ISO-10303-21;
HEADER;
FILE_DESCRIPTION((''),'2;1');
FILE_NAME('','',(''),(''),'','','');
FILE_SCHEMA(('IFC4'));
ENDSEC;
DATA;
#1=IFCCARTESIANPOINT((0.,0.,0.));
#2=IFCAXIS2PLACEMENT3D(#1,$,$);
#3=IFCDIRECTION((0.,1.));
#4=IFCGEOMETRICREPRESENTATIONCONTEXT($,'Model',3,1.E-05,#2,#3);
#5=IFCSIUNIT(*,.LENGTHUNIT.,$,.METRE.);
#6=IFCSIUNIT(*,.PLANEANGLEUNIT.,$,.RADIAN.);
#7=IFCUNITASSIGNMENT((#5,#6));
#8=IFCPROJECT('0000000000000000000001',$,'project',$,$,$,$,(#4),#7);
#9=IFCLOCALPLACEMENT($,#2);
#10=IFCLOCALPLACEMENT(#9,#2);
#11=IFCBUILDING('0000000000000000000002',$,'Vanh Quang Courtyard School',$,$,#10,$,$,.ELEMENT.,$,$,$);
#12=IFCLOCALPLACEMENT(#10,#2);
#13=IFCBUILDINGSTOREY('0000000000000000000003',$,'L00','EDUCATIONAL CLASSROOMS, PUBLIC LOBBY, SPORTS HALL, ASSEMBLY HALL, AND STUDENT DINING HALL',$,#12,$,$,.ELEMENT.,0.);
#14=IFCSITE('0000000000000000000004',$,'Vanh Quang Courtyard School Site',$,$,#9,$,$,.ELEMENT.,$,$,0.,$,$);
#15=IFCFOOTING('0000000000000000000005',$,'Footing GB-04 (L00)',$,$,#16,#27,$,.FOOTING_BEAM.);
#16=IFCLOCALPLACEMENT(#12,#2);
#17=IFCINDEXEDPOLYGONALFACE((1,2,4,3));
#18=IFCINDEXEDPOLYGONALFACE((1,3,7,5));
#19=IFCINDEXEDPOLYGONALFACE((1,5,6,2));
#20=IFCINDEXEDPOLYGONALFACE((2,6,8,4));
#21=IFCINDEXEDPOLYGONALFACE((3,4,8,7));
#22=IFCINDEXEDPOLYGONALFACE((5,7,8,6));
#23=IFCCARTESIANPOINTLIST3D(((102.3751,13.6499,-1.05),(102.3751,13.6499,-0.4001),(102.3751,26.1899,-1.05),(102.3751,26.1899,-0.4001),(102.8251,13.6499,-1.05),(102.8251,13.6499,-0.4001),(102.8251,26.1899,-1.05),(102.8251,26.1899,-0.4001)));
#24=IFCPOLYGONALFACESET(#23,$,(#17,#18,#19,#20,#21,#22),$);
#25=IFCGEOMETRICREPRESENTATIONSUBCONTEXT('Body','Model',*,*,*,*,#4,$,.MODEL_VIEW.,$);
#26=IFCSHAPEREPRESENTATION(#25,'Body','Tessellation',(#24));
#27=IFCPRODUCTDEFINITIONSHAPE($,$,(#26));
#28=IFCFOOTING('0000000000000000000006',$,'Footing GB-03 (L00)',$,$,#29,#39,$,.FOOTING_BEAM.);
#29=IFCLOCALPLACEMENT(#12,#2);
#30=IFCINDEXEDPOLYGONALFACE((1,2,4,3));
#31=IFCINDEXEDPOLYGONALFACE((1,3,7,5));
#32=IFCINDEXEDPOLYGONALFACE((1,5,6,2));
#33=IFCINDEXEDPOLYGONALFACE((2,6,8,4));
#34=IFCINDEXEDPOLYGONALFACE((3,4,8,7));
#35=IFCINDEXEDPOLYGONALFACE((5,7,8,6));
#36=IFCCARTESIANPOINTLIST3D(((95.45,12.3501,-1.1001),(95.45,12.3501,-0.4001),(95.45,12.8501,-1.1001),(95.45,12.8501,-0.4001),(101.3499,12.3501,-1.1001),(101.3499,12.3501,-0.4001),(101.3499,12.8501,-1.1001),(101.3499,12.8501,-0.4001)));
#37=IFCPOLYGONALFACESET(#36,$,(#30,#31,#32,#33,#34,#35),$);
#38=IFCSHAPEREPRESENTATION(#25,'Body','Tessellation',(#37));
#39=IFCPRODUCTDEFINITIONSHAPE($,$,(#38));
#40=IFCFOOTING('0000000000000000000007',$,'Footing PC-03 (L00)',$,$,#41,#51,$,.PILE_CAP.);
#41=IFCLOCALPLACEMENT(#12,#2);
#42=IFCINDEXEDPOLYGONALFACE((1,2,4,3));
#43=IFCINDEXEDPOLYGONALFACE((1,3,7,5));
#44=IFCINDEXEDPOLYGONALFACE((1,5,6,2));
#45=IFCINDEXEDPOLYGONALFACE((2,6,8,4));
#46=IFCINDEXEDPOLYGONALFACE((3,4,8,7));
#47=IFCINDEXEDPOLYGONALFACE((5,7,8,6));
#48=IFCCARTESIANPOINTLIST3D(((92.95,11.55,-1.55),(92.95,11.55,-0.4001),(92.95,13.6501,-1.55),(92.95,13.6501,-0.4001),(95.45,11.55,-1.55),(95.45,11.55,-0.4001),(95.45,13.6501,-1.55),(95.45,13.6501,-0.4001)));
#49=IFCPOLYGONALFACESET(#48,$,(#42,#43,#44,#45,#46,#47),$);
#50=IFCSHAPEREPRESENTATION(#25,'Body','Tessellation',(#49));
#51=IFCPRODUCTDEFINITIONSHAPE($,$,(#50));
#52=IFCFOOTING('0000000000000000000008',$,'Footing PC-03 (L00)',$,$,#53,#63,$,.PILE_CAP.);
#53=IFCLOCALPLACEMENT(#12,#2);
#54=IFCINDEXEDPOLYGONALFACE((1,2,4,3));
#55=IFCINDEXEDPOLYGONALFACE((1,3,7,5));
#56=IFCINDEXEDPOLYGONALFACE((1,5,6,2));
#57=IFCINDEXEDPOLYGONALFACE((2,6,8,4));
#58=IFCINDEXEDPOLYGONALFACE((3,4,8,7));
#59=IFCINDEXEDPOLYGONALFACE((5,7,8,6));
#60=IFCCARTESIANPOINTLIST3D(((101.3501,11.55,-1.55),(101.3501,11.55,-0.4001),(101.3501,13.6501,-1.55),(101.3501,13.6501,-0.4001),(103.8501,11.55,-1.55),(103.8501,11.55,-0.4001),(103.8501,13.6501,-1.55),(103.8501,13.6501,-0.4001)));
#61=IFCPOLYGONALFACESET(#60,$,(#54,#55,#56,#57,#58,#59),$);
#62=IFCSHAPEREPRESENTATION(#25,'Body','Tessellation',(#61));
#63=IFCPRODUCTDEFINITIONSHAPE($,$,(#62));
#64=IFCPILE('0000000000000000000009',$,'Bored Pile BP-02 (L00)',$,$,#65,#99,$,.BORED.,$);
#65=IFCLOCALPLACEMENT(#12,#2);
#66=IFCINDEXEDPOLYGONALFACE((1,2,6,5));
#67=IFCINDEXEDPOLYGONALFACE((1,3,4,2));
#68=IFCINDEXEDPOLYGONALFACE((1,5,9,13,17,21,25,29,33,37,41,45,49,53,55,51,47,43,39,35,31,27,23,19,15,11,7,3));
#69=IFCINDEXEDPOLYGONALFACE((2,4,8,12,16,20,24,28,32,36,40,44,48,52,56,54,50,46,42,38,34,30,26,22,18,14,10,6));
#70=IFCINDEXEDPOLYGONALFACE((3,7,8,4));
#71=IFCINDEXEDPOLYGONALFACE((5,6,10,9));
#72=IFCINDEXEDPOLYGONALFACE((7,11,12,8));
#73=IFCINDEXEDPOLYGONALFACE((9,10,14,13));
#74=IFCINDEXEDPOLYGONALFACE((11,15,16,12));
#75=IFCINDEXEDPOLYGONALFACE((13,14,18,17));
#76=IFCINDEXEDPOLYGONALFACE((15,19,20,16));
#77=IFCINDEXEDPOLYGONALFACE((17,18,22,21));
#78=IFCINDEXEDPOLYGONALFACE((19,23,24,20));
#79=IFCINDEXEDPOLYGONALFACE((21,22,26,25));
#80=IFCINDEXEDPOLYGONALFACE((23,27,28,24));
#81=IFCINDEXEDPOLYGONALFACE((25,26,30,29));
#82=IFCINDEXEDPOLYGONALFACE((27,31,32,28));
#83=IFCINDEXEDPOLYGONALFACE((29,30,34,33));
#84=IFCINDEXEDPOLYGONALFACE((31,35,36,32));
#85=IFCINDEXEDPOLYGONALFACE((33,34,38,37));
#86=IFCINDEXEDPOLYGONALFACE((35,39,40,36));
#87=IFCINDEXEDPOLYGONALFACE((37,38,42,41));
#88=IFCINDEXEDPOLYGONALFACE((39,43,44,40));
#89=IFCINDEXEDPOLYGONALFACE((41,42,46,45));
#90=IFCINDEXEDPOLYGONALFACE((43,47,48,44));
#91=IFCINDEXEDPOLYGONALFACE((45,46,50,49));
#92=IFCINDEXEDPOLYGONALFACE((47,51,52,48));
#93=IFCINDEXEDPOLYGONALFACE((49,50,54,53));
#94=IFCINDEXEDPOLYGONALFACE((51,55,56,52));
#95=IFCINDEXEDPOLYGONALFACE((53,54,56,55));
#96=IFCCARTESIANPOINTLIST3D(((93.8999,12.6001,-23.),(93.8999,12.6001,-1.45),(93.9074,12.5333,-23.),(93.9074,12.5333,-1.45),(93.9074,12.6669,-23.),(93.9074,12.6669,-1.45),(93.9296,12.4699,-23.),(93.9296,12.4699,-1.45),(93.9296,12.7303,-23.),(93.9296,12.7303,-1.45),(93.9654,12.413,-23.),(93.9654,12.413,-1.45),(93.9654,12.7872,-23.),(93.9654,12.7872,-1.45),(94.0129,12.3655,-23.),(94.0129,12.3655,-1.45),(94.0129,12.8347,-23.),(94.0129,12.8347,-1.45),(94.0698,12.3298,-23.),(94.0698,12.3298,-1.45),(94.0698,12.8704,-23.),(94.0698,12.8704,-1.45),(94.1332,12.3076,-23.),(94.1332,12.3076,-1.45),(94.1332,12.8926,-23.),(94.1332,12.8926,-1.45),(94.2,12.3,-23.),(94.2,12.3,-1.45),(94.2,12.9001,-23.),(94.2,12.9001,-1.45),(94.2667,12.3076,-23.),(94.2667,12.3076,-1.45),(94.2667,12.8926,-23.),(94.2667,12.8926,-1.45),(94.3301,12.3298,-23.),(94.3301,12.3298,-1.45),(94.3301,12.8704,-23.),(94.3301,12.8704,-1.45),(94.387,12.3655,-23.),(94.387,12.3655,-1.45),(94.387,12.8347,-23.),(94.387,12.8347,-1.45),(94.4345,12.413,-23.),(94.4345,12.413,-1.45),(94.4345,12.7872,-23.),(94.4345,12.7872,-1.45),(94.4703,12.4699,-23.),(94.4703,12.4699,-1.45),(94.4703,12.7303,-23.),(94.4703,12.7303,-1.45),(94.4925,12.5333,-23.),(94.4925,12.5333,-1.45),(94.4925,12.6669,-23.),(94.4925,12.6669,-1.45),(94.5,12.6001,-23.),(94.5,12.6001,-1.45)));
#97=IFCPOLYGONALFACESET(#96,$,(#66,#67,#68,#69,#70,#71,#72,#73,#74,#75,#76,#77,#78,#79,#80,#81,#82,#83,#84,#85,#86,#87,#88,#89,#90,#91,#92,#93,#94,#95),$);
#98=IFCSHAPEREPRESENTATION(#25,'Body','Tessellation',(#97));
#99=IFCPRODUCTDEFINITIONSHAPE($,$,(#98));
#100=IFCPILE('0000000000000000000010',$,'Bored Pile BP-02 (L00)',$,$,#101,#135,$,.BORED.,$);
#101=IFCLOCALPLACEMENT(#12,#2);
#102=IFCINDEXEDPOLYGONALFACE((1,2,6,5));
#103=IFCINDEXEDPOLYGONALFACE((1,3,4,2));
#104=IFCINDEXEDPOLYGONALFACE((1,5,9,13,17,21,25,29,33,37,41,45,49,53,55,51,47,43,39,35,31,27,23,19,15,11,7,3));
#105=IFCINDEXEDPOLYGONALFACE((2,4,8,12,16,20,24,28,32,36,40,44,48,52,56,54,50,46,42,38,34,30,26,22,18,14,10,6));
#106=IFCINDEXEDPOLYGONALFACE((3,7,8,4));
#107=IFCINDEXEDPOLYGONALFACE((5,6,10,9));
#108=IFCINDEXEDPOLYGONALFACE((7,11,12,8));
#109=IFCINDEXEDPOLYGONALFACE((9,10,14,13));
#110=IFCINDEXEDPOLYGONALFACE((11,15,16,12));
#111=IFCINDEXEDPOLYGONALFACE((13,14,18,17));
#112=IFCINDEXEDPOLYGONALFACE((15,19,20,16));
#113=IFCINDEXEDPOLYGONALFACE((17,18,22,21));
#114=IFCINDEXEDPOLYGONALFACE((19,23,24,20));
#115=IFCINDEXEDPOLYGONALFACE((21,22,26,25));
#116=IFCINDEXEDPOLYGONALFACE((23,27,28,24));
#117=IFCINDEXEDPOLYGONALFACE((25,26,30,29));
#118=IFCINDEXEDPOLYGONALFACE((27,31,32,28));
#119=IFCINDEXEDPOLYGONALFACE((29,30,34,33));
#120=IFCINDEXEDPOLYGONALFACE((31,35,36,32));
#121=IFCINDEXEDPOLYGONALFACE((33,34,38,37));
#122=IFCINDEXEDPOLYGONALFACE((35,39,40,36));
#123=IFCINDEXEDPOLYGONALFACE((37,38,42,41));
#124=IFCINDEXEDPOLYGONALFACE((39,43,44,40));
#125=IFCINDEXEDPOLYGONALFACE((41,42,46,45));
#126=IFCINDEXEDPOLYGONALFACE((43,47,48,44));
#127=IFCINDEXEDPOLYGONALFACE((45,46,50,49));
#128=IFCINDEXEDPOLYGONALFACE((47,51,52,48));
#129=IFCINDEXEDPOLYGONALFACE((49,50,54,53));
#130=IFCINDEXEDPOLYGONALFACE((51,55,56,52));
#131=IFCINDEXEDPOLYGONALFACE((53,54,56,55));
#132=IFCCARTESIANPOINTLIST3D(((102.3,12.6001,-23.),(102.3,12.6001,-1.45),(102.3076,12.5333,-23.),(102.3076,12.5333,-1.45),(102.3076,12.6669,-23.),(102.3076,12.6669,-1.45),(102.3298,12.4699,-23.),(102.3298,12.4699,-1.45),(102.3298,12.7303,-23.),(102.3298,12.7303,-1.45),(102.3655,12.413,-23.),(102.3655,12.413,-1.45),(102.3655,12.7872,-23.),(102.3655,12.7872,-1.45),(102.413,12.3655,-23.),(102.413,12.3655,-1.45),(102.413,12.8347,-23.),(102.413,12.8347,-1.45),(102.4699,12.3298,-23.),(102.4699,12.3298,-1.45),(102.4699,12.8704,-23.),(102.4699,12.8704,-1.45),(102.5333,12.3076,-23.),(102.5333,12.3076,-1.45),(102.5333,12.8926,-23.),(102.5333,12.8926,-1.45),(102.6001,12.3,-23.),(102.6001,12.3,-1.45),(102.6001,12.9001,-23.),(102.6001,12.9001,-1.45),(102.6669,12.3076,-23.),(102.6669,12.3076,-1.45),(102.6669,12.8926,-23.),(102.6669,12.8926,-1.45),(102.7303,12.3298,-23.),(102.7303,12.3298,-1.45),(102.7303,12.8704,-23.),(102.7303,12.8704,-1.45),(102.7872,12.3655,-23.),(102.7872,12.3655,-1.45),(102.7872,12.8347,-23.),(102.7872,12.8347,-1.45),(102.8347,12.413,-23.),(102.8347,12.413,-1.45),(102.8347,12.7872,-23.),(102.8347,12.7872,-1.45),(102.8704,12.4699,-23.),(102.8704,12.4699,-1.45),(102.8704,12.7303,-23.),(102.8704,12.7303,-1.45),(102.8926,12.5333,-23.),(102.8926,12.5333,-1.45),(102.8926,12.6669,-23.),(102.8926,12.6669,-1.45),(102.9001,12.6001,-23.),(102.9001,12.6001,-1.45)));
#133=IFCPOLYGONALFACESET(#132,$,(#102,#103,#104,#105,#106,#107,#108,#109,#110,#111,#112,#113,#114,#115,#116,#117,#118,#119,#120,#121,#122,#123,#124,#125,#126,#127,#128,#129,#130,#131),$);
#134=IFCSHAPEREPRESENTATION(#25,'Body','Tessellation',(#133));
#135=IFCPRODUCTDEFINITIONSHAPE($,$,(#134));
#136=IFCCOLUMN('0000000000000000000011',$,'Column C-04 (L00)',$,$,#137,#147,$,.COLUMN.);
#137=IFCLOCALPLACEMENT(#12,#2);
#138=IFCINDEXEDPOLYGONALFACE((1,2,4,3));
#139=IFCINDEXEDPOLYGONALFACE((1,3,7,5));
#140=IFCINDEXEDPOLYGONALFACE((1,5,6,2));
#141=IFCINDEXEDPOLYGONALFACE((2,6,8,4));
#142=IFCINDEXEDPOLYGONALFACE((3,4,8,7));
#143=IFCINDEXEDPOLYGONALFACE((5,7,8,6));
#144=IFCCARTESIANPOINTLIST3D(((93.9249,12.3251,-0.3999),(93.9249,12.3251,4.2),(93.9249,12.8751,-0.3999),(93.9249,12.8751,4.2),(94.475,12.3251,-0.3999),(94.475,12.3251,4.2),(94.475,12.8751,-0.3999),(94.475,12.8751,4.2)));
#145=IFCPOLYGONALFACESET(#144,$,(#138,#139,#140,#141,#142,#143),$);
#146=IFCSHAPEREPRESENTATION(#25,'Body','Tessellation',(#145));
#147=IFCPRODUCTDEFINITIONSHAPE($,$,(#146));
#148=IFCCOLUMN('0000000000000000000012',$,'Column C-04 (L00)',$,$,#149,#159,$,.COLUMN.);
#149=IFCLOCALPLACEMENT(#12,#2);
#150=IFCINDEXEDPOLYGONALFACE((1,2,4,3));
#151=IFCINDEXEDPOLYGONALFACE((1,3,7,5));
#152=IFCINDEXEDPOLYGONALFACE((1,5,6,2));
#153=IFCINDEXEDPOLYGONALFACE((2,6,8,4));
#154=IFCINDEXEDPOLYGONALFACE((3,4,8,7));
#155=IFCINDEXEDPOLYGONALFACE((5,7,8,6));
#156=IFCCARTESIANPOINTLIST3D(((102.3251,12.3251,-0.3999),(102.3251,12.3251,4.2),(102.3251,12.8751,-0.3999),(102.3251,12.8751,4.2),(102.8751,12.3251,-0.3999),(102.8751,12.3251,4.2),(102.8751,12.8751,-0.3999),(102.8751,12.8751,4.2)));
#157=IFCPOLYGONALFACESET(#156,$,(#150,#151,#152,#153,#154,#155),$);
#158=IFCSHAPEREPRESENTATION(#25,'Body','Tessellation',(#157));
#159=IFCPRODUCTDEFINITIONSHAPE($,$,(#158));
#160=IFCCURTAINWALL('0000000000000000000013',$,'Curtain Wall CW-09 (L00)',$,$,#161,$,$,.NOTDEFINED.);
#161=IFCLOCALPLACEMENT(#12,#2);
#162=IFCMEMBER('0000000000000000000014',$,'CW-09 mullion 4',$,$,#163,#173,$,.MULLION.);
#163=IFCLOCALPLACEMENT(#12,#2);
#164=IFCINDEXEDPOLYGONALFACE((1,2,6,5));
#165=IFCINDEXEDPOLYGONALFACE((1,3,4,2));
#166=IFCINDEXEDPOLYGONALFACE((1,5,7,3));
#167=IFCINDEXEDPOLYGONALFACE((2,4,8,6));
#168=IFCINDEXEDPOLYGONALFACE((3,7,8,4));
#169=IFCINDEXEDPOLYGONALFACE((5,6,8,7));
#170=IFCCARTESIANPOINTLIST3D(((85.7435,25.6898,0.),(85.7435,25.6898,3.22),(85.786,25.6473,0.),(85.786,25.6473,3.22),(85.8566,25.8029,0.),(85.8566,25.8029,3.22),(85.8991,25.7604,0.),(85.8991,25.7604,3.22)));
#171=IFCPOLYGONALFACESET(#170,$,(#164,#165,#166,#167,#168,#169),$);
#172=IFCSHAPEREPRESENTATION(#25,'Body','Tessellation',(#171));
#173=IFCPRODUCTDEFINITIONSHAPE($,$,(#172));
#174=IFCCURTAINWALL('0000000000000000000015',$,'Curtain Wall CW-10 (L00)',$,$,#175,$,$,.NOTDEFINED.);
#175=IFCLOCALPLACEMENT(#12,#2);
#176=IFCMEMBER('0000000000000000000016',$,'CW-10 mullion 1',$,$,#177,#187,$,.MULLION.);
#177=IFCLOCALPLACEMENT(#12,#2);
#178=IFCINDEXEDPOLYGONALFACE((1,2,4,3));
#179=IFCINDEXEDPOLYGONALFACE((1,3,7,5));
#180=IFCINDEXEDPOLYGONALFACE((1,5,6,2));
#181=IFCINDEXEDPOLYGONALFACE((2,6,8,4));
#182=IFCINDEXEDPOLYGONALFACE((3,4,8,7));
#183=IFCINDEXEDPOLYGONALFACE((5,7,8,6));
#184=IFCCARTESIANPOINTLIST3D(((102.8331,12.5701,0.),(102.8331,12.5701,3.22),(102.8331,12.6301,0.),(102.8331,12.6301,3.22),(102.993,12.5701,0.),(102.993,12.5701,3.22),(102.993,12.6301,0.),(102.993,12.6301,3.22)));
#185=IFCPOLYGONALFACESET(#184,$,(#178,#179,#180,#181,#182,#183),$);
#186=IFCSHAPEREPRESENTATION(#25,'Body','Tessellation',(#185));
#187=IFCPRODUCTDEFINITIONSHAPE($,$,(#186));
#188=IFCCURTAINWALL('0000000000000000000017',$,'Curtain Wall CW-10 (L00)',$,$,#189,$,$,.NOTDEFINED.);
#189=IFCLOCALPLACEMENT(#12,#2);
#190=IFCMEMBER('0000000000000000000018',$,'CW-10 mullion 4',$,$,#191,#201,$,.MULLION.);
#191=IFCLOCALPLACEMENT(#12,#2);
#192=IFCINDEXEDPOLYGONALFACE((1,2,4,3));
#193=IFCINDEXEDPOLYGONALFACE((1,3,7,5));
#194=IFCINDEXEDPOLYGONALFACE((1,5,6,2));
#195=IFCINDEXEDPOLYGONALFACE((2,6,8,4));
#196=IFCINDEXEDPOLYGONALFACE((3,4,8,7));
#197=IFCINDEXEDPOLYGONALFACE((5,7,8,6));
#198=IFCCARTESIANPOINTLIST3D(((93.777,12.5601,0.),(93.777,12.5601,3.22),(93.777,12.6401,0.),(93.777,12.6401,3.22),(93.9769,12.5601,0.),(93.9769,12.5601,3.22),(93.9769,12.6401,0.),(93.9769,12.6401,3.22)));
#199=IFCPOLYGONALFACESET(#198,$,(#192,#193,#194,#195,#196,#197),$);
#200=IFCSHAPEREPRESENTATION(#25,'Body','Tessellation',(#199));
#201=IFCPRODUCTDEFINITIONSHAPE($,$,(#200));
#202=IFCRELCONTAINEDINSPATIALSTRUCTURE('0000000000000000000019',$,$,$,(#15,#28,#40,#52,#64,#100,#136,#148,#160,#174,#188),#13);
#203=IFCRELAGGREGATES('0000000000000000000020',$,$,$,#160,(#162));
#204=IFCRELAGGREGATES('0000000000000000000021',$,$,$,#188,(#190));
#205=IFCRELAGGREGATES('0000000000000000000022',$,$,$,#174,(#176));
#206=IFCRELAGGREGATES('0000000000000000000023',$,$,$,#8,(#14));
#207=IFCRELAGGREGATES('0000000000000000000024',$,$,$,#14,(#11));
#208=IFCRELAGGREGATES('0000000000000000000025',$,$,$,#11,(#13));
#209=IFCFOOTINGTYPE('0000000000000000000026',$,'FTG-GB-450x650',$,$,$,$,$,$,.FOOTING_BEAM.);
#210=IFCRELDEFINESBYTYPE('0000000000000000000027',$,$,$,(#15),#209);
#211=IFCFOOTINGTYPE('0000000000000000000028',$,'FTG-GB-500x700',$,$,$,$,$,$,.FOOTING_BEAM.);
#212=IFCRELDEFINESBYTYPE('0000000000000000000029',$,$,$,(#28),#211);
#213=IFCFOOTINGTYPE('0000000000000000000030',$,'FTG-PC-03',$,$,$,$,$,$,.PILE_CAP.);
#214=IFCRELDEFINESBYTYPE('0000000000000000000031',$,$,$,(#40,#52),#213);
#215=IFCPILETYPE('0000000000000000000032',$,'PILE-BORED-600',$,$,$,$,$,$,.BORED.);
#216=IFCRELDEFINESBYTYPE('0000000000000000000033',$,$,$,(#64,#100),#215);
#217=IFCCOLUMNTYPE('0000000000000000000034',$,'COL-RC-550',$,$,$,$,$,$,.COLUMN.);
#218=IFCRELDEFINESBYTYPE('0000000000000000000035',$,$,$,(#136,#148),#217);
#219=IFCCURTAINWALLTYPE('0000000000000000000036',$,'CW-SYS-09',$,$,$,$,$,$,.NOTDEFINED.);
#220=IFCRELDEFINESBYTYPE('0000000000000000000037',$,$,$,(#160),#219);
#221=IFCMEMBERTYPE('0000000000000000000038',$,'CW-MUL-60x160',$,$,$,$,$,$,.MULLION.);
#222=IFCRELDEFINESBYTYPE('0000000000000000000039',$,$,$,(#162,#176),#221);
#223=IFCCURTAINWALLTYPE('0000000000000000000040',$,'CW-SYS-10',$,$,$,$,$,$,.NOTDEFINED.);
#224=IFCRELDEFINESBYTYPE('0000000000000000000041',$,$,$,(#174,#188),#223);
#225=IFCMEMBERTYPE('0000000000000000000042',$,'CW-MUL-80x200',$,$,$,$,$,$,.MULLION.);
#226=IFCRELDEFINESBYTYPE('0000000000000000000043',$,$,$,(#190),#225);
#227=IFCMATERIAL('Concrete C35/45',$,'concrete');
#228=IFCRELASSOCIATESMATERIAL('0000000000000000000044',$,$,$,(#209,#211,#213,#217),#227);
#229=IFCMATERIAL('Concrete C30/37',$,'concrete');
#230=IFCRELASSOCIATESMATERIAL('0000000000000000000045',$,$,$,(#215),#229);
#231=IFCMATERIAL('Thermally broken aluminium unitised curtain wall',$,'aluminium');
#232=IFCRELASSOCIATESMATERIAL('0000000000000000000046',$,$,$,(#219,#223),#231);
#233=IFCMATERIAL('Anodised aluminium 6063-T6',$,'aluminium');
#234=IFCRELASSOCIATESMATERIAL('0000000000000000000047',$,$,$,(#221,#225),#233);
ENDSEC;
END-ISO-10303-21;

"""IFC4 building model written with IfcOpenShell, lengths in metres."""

from ifc_helpers import new_model, si_unit, direction, frame, origin, origin_2d, place, context, subcontext, project, spatial, rectangle, circle, extrude, material, material_profile, profile_set, type_object, element, aggregate, save


model = new_model("IFC4")

# Units and contexts
model_context = context("Model", 3, precision=1e-05, world=origin(), true_north=direction((0.0, 1.0)))
body_context = subcontext(model_context, "Body", "Model", "MODEL_VIEW")
ifc_project = project(units=[si_unit("LENGTHUNIT", "METRE"), si_unit("PLANEANGLEUNIT", "RADIAN")], contexts=[model_context])

# Site, building, storey
site_placement = place(None, origin())
site = spatial("IfcSite", under=ifc_project, at=site_placement, Name="Vanh Quang Courtyard School Site", CompositionType="ELEMENT", RefElevation=0.0)
building_placement = place(site_placement, origin())
building = spatial("IfcBuilding", under=site, at=building_placement, Name="Vanh Quang Courtyard School", CompositionType="ELEMENT")
storey_placement = place(building_placement, origin())
storey = spatial("IfcBuildingStorey", under=building, at=storey_placement, Name="L00", Description="EDUCATIONAL CLASSROOMS, PUBLIC LOBBY, SPORTS HALL, ASSEMBLY HALL, AND STUDENT DINING HALL", CompositionType="ELEMENT", Elevation=0.0)

# Footings
ifc_material_1 = material(Name="Concrete C35/45", Category="concrete")
footing_type_1 = type_object("IfcFootingType", Name="FTG-GB-450x650", PredefinedType="FOOTING_BEAM", material=ifc_material_1)
footing_1_placement = place(storey_placement, frame((102.6001, 19.9199, -1.05), z_axis=(0.0, 0.0, 1.0), x_axis=(0.0, 1.0, 0.0)))
element("IfcFooting", 1, at=footing_1_placement, inside=storey, type_object=footing_type_1, Name="Footing GB-04 (L00)", PredefinedType="FOOTING_BEAM", context=body_context, shape_type="SweptSolid", body=[
    extrude(rectangle(XDim=12.54, YDim=0.45, at=origin_2d()), origin(), (0.0, 0.0, 1.0), 0.6499),
])
footing_type_2 = type_object("IfcFootingType", Name="FTG-GB-500x700", PredefinedType="FOOTING_BEAM", material=ifc_material_1)
footing_2_placement = place(storey_placement, frame((98.3999, 12.6001, -1.1001), z_axis=(0.0, 0.0, 1.0), x_axis=(1.0, 0.0, 0.0)))
element("IfcFooting", 2, at=footing_2_placement, inside=storey, type_object=footing_type_2, Name="Footing GB-03 (L00)", PredefinedType="FOOTING_BEAM", context=body_context, shape_type="SweptSolid", body=[
    extrude(rectangle(XDim=5.8999, YDim=0.5, at=origin_2d()), origin(), (0.0, 0.0, 1.0), 0.7),
])
footing_type_3 = type_object("IfcFootingType", Name="FTG-PC-03", PredefinedType="PILE_CAP", material=ifc_material_1)
for number, where, z_axis, x_axis, name in (
    (3, (94.2, 12.6001, -1.55), (0.0, 0.0, 1.0), (1.0, 0.0, 0.0), "Footing PC-03 (L00)"),
    (4, (102.6001, 12.6001, -1.55), (0.0, 0.0, 1.0), (1.0, 0.0, 0.0), "Footing PC-03 (L00)"),
):
    element("IfcFooting", number, at=place(storey_placement, frame(where, z_axis=z_axis, x_axis=x_axis)), inside=storey, type_object=footing_type_3, Name=name, PredefinedType="PILE_CAP", context=body_context, shape_type="SweptSolid", body=[
        extrude(rectangle(XDim=2.5, YDim=2.1001, at=origin_2d()), origin(), (0.0, 0.0, 1.0), 1.1499),
    ])

# Piles
ifc_material_2 = material(Name="Concrete C30/37", Category="concrete")
ifc_material_profile_1 = material_profile(ifc_material_2, circle(Radius=0.3, at=origin_2d()), Name="PILE D600")
ifc_profile_set_1 = profile_set([ifc_material_profile_1], Name="Concrete C30/37")
pile_type = type_object("IfcPileType", Name="PILE-BORED-600", PredefinedType="BORED", material=ifc_profile_set_1)
for number, where, z_axis, x_axis, name in (
    (5, (94.2, 12.6001, -1.45), (0.0, 0.0, -1.0), (1.0, 0.0, 0.0), "Bored Pile BP-02 (L00)"),
    (6, (102.6001, 12.6001, -1.45), (0.0, 0.0, -1.0), (1.0, 0.0, 0.0), "Bored Pile BP-02 (L00)"),
):
    element("IfcPile", number, at=place(storey_placement, frame(where, z_axis=z_axis, x_axis=x_axis)), inside=storey, type_object=pile_type, Name=name, PredefinedType="BORED", context=body_context, shape_type="SweptSolid", body=[
        extrude(circle(Radius=0.3, at=origin_2d()), origin(), (0.0, 0.0, 1.0), 21.55),
    ])

# Columns
ifc_material_profile_2 = material_profile(ifc_material_1, rectangle(XDim=0.55, YDim=0.55, at=origin_2d()), Name="RC-COL 550x550")
ifc_profile_set_2 = profile_set([ifc_material_profile_2], Name="Concrete C35/45")
column_type = type_object("IfcColumnType", Name="COL-RC-550", PredefinedType="COLUMN", material=ifc_profile_set_2)
for number, where, z_axis, x_axis, name in (
    (7, (94.2, 12.6001, -0.3999), (0.0, 0.0, 1.0), (1.0, 0.0, 0.0), "Column C-04 (L00)"),
    (8, (102.6001, 12.6001, -0.3999), (0.0, 0.0, 1.0), (1.0, 0.0, 0.0), "Column C-04 (L00)"),
):
    element("IfcColumn", number, at=place(storey_placement, frame(where, z_axis=z_axis, x_axis=x_axis)), inside=storey, type_object=column_type, Name=name, PredefinedType="COLUMN", context=body_context, shape_type="SweptSolid", body=[
        extrude(rectangle(XDim=0.55, YDim=0.55, at=origin_2d()), origin(), (0.0, 0.0, 1.0), 4.5999),
    ])

# Curtain walls, members
ifc_material_3 = material(Name="Thermally broken aluminium unitised curtain wall", Category="aluminium")
curtain_wall_type_1 = type_object("IfcCurtainWallType", Name="CW-SYS-09", PredefinedType="NOTDEFINED", material=ifc_material_3)
curtain_wall_1_placement = place(storey_placement, origin())
curtain_wall_1 = element("IfcCurtainWall", 9, at=curtain_wall_1_placement, inside=storey, type_object=curtain_wall_type_1, Name="Curtain Wall CW-09 (L00)", PredefinedType="NOTDEFINED")
ifc_material_4 = material(Name="Anodised aluminium 6063-T6", Category="aluminium")
ifc_material_profile_3 = material_profile(ifc_material_4, rectangle(XDim=0.0601, YDim=0.1599, at=origin_2d()), Name="ALU-MUL 60x160")
ifc_profile_set_3 = profile_set([ifc_material_profile_3], Name="Anodised aluminium 6063-T6")
member_type_1 = type_object("IfcMemberType", Name="CW-MUL-60x160", PredefinedType="MULLION", material=ifc_profile_set_3)
member_1_placement = place(storey_placement, frame((85.8213, 25.7251, 0.0), z_axis=(0.0, 0.0, 1.0), x_axis=(0.707107, -0.707107, 0.0)))
member_1 = element("IfcMember", 10, at=member_1_placement, type_object=member_type_1, Name="CW-09 mullion 4", PredefinedType="MULLION", context=body_context, shape_type="SweptSolid", body=[
    extrude(rectangle(XDim=0.0601, YDim=0.1599, at=origin_2d()), origin(), (0.0, 0.0, 1.0), 3.22),
])
curtain_wall_type_2 = type_object("IfcCurtainWallType", Name="CW-SYS-10", PredefinedType="NOTDEFINED", material=ifc_material_3)
curtain_wall_2_placement = place(storey_placement, origin())
curtain_wall_2 = element("IfcCurtainWall", 11, at=curtain_wall_2_placement, inside=storey, type_object=curtain_wall_type_2, Name="Curtain Wall CW-10 (L00)", PredefinedType="NOTDEFINED")
member_2_placement = place(storey_placement, frame((102.9131, 12.6001, 0.0), z_axis=(0.0, 0.0, 1.0), x_axis=(0.0, 1.0, 0.0)))
member_2 = element("IfcMember", 12, at=member_2_placement, type_object=member_type_1, Name="CW-10 mullion 1", PredefinedType="MULLION", context=body_context, shape_type="SweptSolid", body=[
    extrude(rectangle(XDim=0.0601, YDim=0.1599, at=origin_2d()), origin(), (0.0, 0.0, 1.0), 3.22),
])
curtain_wall_3_placement = place(storey_placement, origin())
curtain_wall_3 = element("IfcCurtainWall", 13, at=curtain_wall_3_placement, inside=storey, type_object=curtain_wall_type_2, Name="Curtain Wall CW-10 (L00)", PredefinedType="NOTDEFINED")
ifc_material_profile_4 = material_profile(ifc_material_4, rectangle(XDim=0.0801, YDim=0.2, at=origin_2d()), Name="ALU-MUL 80x200")
ifc_profile_set_4 = profile_set([ifc_material_profile_4], Name="Anodised aluminium 6063-T6")
member_type_2 = type_object("IfcMemberType", Name="CW-MUL-80x200", PredefinedType="MULLION", material=ifc_profile_set_4)
member_3_placement = place(storey_placement, frame((93.877, 12.6001, 0.0), z_axis=(0.0, 0.0, 1.0), x_axis=(0.0, 1.0, 0.0)))
member_3 = element("IfcMember", 14, at=member_3_placement, type_object=member_type_2, Name="CW-10 mullion 4", PredefinedType="MULLION", context=body_context, shape_type="SweptSolid", body=[
    extrude(rectangle(XDim=0.0801, YDim=0.2, at=origin_2d()), origin(), (0.0, 0.0, 1.0), 3.22),
])

aggregate(curtain_wall_1, [member_1])
aggregate(curtain_wall_3, [member_3])
aggregate(curtain_wall_2, [member_2])

save(model, "model.ifc")
